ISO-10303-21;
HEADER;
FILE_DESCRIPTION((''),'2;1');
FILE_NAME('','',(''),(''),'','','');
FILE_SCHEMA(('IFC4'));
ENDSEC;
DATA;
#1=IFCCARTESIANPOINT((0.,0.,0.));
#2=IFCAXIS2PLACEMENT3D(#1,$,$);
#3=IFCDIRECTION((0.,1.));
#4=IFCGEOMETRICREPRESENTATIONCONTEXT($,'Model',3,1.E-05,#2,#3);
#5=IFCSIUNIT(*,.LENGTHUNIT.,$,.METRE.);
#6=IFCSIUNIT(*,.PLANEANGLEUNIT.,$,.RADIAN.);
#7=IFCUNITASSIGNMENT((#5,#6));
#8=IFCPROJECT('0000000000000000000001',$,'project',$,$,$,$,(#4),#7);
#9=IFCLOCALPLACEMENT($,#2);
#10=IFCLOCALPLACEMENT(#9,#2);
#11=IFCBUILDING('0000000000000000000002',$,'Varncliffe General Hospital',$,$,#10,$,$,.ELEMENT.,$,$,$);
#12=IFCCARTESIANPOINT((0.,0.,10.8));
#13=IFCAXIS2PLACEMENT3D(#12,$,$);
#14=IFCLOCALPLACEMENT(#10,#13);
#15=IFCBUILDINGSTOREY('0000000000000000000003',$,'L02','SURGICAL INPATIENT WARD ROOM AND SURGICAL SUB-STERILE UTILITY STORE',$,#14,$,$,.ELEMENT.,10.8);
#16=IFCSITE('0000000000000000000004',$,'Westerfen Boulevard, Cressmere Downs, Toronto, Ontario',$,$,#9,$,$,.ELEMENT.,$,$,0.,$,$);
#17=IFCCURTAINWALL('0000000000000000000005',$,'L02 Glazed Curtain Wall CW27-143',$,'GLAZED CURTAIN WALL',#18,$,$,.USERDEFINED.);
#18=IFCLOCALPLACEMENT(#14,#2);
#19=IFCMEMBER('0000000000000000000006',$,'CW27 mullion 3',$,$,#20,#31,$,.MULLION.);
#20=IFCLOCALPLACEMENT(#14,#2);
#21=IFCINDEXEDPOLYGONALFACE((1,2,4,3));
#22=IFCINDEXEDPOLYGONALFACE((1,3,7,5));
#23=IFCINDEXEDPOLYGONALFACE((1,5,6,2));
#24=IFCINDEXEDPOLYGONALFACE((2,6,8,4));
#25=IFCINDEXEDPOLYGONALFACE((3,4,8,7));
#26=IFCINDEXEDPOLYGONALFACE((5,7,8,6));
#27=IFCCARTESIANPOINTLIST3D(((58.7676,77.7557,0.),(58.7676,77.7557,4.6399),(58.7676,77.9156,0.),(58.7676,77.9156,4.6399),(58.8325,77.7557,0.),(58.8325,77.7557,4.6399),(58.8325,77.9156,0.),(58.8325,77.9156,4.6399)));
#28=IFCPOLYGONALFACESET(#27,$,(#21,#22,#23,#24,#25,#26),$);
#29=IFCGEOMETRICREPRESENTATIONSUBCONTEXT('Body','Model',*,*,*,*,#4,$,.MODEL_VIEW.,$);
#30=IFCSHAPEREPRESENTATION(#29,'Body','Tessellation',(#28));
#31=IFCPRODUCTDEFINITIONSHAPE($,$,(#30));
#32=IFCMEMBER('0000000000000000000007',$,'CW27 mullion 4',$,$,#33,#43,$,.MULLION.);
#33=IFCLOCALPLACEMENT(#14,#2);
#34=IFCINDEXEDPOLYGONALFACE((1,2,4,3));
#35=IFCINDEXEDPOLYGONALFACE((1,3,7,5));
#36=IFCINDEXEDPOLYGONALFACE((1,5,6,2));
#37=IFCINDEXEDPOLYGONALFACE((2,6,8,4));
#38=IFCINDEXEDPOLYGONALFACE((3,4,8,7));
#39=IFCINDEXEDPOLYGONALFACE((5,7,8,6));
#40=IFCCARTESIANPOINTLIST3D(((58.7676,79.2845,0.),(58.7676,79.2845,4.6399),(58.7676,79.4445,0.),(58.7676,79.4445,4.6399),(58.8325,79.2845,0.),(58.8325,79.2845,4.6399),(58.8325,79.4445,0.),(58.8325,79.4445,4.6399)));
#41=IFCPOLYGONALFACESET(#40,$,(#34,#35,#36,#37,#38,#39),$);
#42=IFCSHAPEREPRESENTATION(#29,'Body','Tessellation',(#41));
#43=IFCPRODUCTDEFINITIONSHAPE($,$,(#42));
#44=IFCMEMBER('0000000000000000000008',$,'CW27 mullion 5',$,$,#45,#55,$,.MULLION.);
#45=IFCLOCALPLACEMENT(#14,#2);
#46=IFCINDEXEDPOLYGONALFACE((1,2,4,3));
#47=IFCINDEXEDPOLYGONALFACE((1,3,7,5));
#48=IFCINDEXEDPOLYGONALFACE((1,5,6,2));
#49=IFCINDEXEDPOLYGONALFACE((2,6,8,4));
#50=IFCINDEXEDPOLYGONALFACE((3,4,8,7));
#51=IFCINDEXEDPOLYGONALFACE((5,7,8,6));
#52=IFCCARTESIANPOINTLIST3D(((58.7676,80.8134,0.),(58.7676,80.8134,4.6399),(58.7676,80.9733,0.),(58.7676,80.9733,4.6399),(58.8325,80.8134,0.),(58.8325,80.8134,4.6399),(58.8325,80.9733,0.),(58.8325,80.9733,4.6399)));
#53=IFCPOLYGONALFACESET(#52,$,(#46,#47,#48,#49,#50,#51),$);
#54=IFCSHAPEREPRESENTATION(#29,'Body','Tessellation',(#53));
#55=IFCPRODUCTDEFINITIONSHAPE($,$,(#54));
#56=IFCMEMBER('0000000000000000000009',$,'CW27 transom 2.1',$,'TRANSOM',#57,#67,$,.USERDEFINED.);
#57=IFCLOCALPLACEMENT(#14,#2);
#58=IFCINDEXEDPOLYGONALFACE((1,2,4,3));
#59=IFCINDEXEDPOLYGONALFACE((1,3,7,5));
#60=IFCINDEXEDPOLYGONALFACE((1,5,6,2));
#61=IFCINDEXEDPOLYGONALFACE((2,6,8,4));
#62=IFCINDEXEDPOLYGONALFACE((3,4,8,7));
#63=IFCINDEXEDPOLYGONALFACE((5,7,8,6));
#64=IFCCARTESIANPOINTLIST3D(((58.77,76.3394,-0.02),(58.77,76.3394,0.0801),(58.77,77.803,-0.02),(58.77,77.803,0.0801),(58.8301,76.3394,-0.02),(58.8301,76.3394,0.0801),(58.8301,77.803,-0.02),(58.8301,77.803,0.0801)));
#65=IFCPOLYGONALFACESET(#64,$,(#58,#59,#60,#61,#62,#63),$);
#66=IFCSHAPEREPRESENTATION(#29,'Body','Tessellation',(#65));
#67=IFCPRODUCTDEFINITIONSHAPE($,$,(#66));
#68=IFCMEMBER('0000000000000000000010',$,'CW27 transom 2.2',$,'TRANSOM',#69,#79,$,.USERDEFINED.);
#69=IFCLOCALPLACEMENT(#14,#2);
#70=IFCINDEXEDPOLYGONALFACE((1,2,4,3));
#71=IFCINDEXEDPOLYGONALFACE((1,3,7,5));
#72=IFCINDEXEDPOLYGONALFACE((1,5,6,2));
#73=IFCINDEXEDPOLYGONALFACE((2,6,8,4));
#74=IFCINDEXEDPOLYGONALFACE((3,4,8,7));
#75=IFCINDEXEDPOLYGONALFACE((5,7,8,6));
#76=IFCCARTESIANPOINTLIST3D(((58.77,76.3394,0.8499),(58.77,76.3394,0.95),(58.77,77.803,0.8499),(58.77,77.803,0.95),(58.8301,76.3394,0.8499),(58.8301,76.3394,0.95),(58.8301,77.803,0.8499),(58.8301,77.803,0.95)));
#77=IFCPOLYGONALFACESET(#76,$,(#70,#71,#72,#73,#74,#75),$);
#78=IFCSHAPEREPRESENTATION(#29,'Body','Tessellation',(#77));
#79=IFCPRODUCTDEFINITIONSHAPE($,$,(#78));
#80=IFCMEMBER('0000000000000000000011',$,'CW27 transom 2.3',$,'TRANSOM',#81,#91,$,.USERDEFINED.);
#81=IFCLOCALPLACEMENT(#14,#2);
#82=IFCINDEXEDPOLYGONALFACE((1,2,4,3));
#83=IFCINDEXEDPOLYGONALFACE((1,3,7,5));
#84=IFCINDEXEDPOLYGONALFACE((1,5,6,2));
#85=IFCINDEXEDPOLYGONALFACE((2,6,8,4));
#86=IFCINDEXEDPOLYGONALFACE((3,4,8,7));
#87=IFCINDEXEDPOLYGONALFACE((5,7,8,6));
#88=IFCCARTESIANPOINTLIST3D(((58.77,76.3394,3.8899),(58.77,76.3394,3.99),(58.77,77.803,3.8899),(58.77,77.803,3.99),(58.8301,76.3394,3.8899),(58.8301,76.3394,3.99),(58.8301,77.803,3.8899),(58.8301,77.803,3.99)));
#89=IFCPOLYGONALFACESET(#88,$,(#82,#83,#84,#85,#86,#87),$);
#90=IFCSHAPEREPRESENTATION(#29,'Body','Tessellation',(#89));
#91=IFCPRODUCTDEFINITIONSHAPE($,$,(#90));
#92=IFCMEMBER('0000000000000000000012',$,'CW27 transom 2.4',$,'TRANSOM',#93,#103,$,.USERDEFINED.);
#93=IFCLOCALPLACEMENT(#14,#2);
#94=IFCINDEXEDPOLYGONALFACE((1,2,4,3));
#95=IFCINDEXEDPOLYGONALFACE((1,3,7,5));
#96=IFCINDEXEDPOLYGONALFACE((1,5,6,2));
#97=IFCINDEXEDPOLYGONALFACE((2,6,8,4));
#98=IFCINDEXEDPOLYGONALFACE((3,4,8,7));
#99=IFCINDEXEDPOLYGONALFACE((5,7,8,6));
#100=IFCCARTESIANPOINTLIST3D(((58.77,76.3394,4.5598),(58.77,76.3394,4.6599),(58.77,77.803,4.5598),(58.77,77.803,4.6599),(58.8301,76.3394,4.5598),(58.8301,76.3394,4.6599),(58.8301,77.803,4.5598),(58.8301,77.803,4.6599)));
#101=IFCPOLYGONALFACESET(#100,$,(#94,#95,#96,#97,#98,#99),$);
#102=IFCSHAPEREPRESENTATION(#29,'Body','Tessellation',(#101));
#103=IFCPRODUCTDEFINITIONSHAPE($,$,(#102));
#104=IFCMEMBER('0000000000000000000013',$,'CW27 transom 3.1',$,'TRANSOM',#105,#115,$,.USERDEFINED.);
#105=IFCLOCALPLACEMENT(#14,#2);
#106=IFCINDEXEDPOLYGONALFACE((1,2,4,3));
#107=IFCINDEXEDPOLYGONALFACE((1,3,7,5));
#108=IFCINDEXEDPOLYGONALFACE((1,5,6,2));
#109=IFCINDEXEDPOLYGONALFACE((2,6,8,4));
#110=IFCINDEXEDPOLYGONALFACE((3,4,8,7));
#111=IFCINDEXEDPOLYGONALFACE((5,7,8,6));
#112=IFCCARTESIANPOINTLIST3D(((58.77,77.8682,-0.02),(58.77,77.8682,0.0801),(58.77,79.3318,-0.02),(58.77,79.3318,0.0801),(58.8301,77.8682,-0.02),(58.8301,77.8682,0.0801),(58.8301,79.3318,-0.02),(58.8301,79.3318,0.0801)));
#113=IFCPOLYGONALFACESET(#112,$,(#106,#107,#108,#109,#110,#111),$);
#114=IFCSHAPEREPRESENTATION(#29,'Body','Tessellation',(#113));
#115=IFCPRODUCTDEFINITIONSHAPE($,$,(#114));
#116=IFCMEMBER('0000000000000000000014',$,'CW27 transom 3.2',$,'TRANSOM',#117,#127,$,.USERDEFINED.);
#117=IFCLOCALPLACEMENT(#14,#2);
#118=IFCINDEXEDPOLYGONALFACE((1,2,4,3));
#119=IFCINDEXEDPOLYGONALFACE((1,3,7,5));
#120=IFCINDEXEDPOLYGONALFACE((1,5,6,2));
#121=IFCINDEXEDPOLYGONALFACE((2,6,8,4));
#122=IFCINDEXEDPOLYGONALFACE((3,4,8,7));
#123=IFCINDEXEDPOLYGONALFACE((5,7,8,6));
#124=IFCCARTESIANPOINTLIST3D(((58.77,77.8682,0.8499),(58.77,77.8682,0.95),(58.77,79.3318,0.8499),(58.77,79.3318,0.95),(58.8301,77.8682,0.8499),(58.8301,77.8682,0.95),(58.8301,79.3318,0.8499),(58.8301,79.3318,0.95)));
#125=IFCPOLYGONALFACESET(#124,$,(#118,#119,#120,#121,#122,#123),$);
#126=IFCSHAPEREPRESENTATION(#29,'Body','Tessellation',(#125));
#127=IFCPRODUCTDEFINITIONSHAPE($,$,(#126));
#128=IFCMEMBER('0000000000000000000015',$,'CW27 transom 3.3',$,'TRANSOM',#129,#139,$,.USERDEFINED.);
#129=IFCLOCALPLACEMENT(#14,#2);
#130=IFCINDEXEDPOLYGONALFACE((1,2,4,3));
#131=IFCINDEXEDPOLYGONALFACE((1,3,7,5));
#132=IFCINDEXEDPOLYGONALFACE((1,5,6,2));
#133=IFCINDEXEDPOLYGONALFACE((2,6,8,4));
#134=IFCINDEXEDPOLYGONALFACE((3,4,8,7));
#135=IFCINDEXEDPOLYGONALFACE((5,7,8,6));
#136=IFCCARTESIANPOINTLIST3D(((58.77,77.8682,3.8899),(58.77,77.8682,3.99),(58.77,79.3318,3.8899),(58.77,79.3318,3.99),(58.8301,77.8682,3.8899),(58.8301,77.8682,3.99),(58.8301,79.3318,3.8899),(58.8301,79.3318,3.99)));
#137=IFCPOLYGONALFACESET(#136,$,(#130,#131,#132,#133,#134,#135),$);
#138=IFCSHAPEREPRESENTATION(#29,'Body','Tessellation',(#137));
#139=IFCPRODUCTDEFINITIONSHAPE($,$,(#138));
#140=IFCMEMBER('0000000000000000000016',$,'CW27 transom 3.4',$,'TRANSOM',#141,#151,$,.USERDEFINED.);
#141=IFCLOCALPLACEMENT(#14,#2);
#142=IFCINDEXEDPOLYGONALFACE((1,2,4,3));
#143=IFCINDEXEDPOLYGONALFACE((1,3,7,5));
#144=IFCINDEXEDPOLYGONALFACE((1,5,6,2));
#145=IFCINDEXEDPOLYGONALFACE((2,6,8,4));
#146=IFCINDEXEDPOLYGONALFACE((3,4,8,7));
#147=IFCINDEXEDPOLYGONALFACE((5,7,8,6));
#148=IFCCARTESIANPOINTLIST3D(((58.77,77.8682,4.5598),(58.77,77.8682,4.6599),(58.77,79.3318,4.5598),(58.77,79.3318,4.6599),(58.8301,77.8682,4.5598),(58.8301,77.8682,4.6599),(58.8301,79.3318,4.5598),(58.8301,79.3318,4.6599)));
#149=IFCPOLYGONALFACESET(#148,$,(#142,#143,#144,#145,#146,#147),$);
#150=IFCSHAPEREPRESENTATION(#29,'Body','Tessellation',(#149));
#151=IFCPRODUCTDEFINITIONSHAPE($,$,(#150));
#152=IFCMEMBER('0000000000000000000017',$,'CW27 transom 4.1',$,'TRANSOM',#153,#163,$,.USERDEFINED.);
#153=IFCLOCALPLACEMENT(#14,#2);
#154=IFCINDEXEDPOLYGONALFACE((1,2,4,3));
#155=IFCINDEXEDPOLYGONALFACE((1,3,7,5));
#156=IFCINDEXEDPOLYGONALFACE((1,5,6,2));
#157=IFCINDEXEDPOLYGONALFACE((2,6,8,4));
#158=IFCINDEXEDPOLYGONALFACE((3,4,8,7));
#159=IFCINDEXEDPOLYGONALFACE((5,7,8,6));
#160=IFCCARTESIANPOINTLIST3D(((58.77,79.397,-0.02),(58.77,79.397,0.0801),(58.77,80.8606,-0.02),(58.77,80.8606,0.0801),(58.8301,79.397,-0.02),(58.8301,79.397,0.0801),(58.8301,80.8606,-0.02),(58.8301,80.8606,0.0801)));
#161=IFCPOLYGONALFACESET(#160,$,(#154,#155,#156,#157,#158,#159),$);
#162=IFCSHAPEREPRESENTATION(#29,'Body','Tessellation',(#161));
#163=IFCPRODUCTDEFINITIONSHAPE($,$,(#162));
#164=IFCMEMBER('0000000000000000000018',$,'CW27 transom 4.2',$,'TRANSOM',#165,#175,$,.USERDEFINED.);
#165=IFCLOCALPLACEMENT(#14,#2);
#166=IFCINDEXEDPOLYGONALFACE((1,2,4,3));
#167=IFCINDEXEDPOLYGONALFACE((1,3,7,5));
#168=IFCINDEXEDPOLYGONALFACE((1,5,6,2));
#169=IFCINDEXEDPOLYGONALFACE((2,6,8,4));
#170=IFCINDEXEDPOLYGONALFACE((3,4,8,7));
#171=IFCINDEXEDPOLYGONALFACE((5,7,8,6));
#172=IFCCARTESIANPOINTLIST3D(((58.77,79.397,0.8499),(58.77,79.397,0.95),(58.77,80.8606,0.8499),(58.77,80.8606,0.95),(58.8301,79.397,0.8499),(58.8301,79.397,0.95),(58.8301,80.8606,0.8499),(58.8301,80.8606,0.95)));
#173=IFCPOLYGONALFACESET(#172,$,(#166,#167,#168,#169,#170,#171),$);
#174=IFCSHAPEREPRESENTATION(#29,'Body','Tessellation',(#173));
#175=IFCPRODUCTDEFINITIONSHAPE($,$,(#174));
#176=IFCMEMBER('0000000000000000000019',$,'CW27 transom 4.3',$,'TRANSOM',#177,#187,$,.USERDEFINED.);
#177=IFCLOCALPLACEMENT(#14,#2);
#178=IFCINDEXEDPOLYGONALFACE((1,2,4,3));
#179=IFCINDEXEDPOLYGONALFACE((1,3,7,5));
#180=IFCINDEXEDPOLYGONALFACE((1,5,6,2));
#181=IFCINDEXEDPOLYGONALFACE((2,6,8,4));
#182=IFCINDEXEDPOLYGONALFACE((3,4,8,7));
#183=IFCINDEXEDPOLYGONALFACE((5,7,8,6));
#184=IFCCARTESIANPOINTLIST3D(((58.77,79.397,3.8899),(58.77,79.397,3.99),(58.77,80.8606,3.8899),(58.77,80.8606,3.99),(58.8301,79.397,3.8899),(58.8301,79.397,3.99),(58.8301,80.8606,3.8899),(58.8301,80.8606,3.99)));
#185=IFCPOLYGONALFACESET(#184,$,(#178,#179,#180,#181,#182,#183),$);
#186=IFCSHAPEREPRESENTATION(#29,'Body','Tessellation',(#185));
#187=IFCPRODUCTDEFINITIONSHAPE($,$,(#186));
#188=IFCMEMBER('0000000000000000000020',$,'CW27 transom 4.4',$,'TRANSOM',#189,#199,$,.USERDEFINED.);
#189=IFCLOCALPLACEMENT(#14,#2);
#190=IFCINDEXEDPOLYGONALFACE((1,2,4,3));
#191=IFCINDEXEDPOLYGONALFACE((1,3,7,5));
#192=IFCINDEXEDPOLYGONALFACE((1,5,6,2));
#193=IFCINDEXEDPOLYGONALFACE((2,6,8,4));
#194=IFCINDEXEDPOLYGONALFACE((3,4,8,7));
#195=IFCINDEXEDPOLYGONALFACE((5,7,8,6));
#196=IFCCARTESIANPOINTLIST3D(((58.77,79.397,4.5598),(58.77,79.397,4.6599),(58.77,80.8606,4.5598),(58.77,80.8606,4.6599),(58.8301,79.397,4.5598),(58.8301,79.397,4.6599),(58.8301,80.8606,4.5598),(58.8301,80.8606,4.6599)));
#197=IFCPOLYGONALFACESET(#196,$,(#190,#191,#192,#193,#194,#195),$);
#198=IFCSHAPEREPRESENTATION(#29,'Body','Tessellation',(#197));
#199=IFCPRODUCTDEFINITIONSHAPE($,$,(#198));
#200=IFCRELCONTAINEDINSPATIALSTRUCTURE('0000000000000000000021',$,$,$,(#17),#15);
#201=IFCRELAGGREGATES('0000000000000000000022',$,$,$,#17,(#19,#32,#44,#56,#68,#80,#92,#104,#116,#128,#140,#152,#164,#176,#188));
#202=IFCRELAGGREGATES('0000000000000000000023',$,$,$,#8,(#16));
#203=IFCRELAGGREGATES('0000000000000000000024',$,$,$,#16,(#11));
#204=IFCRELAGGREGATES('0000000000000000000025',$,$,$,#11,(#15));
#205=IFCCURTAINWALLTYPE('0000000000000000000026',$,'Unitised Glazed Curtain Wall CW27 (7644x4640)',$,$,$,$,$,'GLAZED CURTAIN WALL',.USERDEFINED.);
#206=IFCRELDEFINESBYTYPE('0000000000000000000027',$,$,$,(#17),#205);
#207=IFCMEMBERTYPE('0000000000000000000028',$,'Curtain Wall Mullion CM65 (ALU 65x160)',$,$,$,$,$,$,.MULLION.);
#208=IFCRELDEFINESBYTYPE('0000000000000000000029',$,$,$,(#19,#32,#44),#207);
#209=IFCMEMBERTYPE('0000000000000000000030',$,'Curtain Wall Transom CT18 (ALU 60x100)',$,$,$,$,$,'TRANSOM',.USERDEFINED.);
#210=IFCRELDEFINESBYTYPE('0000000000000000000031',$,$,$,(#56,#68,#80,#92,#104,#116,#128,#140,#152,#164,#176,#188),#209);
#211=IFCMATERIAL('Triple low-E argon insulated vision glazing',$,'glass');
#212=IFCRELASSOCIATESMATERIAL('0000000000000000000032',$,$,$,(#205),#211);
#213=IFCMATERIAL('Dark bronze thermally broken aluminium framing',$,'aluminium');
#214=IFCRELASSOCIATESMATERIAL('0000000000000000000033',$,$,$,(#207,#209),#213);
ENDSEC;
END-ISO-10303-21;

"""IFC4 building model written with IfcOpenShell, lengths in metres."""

from ifc_helpers import new_model, si_unit, direction, frame, origin, origin_2d, place, context, subcontext, project, spatial, rectangle, extrude, material, material_profile, profile_set, type_object, element, aggregate, save


model = new_model("IFC4")

# Units and contexts
model_context = context("Model", 3, precision=1e-05, world=origin(), true_north=direction((0.0, 1.0)))
body_context = subcontext(model_context, "Body", "Model", "MODEL_VIEW")
ifc_project = project(units=[si_unit("LENGTHUNIT", "METRE"), si_unit("PLANEANGLEUNIT", "RADIAN")], contexts=[model_context])

# Site, building, storey
site_placement = place(None, origin())
site = spatial("IfcSite", under=ifc_project, at=site_placement, Name="Westerfen Boulevard, Cressmere Downs, Toronto, Ontario", CompositionType="ELEMENT", RefElevation=0.0)
building_placement = place(site_placement, origin())
building = spatial("IfcBuilding", under=site, at=building_placement, Name="Varncliffe General Hospital", CompositionType="ELEMENT")
storey_placement = place(building_placement, frame((0.0, 0.0, 10.8)))
storey = spatial("IfcBuildingStorey", under=building, at=storey_placement, Name="L02", Description="SURGICAL INPATIENT WARD ROOM AND SURGICAL SUB-STERILE UTILITY STORE", CompositionType="ELEMENT", Elevation=10.8)

# Curtain wall, members
ifc_material_1 = material(Name="Triple low-E argon insulated vision glazing", Category="glass")
curtain_wall_type = type_object("IfcCurtainWallType", Name="Unitised Glazed Curtain Wall CW27 (7644x4640)", ElementType="GLAZED CURTAIN WALL", PredefinedType="USERDEFINED", material=ifc_material_1)
curtain_wall_placement = place(storey_placement, origin())
curtain_wall = element("IfcCurtainWall", 1, at=curtain_wall_placement, inside=storey, type_object=curtain_wall_type, Name="L02 Glazed Curtain Wall CW27-143", ObjectType="GLAZED CURTAIN WALL", PredefinedType="USERDEFINED")
ifc_material_2 = material(Name="Dark bronze thermally broken aluminium framing", Category="aluminium")
ifc_material_profile_1 = material_profile(ifc_material_2, rectangle(XDim=0.0649, YDim=0.1599, at=origin_2d()), Name="ALU 65x160")
ifc_profile_set_1 = profile_set([ifc_material_profile_1], Name="Dark bronze thermally broken aluminium framing")
member_type_1 = type_object("IfcMemberType", Name="Curtain Wall Mullion CM65 (ALU 65x160)", PredefinedType="MULLION", material=ifc_profile_set_1)
member_1_placement = place(storey_placement, frame((58.8, 77.8357, 0.0), z_axis=(0.0, 0.0, 1.0), x_axis=(-1.0, 0.0, 0.0)))
member_1 = element("IfcMember", 2, at=member_1_placement, type_object=member_type_1, Name="CW27 mullion 3", PredefinedType="MULLION", context=body_context, shape_type="SweptSolid", body=[
    extrude(rectangle(XDim=0.0649, YDim=0.1599, at=origin_2d()), origin(), (0.0, 0.0, 1.0), 4.6399),
])
member_2_placement = place(storey_placement, frame((58.8, 79.3645, 0.0), z_axis=(0.0, 0.0, 1.0), x_axis=(-1.0, 0.0, 0.0)))
member_2 = element("IfcMember", 3, at=member_2_placement, type_object=member_type_1, Name="CW27 mullion 4", PredefinedType="MULLION", context=body_context, shape_type="SweptSolid", body=[
    extrude(rectangle(XDim=0.0649, YDim=0.1599, at=origin_2d()), origin(), (0.0, 0.0, 1.0), 4.6399),
])
member_3_placement = place(storey_placement, frame((58.8, 80.8933, 0.0), z_axis=(0.0, 0.0, 1.0), x_axis=(-1.0, 0.0, 0.0)))
member_3 = element("IfcMember", 4, at=member_3_placement, type_object=member_type_1, Name="CW27 mullion 5", PredefinedType="MULLION", context=body_context, shape_type="SweptSolid", body=[
    extrude(rectangle(XDim=0.0649, YDim=0.1599, at=origin_2d()), origin(), (0.0, 0.0, 1.0), 4.6399),
])
ifc_material_profile_2 = material_profile(ifc_material_2, rectangle(XDim=0.0601, YDim=0.1001, at=origin_2d()), Name="ALU 60x100")
ifc_profile_set_2 = profile_set([ifc_material_profile_2], Name="Dark bronze thermally broken aluminium framing")
member_type_2 = type_object("IfcMemberType", Name="Curtain Wall Transom CT18 (ALU 60x100)", ElementType="TRANSOM", PredefinedType="USERDEFINED", material=ifc_profile_set_2)
member_4_placement = place(storey_placement, frame((58.8, 76.3394, 0.03), z_axis=(0.0, 1.0, 0.0), x_axis=(-1.0, 0.0, 0.0)))
member_4 = element("IfcMember", 5, at=member_4_placement, type_object=member_type_2, Name="CW27 transom 2.1", ObjectType="TRANSOM", PredefinedType="USERDEFINED", context=body_context, shape_type="SweptSolid", body=[
    extrude(rectangle(XDim=0.0601, YDim=0.1001, at=origin_2d()), origin(), (0.0, 0.0, 1.0), 1.4636),
])
member_5_placement = place(storey_placement, frame((58.8, 76.3394, 0.8999), z_axis=(0.0, 1.0, 0.0), x_axis=(-1.0, 0.0, 0.0)))
member_5 = element("IfcMember", 6, at=member_5_placement, type_object=member_type_2, Name="CW27 transom 2.2", ObjectType="TRANSOM", PredefinedType="USERDEFINED", context=body_context, shape_type="SweptSolid", body=[
    extrude(rectangle(XDim=0.0601, YDim=0.1001, at=origin_2d()), origin(), (0.0, 0.0, 1.0), 1.4636),
])
member_6_placement = place(storey_placement, frame((58.8, 76.3394, 3.9399), z_axis=(0.0, 1.0, 0.0), x_axis=(-1.0, 0.0, 0.0)))
member_6 = element("IfcMember", 7, at=member_6_placement, type_object=member_type_2, Name="CW27 transom 2.3", ObjectType="TRANSOM", PredefinedType="USERDEFINED", context=body_context, shape_type="SweptSolid", body=[
    extrude(rectangle(XDim=0.0601, YDim=0.1001, at=origin_2d()), origin(), (0.0, 0.0, 1.0), 1.4636),
])
member_7_placement = place(storey_placement, frame((58.8, 76.3394, 4.6099), z_axis=(0.0, 1.0, 0.0), x_axis=(-1.0, 0.0, 0.0)))
member_7 = element("IfcMember", 8, at=member_7_placement, type_object=member_type_2, Name="CW27 transom 2.4", ObjectType="TRANSOM", PredefinedType="USERDEFINED", context=body_context, shape_type="SweptSolid", body=[
    extrude(rectangle(XDim=0.0601, YDim=0.1001, at=origin_2d()), origin(), (0.0, 0.0, 1.0), 1.4636),
])
member_8_placement = place(storey_placement, frame((58.8, 77.8682, 0.03), z_axis=(0.0, 1.0, 0.0), x_axis=(-1.0, 0.0, 0.0)))
member_8 = element("IfcMember", 9, at=member_8_placement, type_object=member_type_2, Name="CW27 transom 3.1", ObjectType="TRANSOM", PredefinedType="USERDEFINED", context=body_context, shape_type="SweptSolid", body=[
    extrude(rectangle(XDim=0.0601, YDim=0.1001, at=origin_2d()), origin(), (0.0, 0.0, 1.0), 1.4636),
])
member_9_placement = place(storey_placement, frame((58.8, 77.8682, 0.8999), z_axis=(0.0, 1.0, 0.0), x_axis=(-1.0, 0.0, 0.0)))
member_9 = element("IfcMember", 10, at=member_9_placement, type_object=member_type_2, Name="CW27 transom 3.2", ObjectType="TRANSOM", PredefinedType="USERDEFINED", context=body_context, shape_type="SweptSolid", body=[
    extrude(rectangle(XDim=0.0601, YDim=0.1001, at=origin_2d()), origin(), (0.0, 0.0, 1.0), 1.4636),
])
member_10_placement = place(storey_placement, frame((58.8, 77.8682, 3.9399), z_axis=(0.0, 1.0, 0.0), x_axis=(-1.0, 0.0, 0.0)))
member_10 = element("IfcMember", 11, at=member_10_placement, type_object=member_type_2, Name="CW27 transom 3.3", ObjectType="TRANSOM", PredefinedType="USERDEFINED", context=body_context, shape_type="SweptSolid", body=[
    extrude(rectangle(XDim=0.0601, YDim=0.1001, at=origin_2d()), origin(), (0.0, 0.0, 1.0), 1.4636),
])
member_11_placement = place(storey_placement, frame((58.8, 77.8682, 4.6099), z_axis=(0.0, 1.0, 0.0), x_axis=(-1.0, 0.0, 0.0)))
member_11 = element("IfcMember", 12, at=member_11_placement, type_object=member_type_2, Name="CW27 transom 3.4", ObjectType="TRANSOM", PredefinedType="USERDEFINED", context=body_context, shape_type="SweptSolid", body=[
    extrude(rectangle(XDim=0.0601, YDim=0.1001, at=origin_2d()), origin(), (0.0, 0.0, 1.0), 1.4636),
])
member_12_placement = place(storey_placement, frame((58.8, 79.397, 0.03), z_axis=(0.0, 1.0, 0.0), x_axis=(-1.0, 0.0, 0.0)))
member_12 = element("IfcMember", 13, at=member_12_placement, type_object=member_type_2, Name="CW27 transom 4.1", ObjectType="TRANSOM", PredefinedType="USERDEFINED", context=body_context, shape_type="SweptSolid", body=[
    extrude(rectangle(XDim=0.0601, YDim=0.1001, at=origin_2d()), origin(), (0.0, 0.0, 1.0), 1.4636),
])
member_13_placement = place(storey_placement, frame((58.8, 79.397, 0.8999), z_axis=(0.0, 1.0, 0.0), x_axis=(-1.0, 0.0, 0.0)))
member_13 = element("IfcMember", 14, at=member_13_placement, type_object=member_type_2, Name="CW27 transom 4.2", ObjectType="TRANSOM", PredefinedType="USERDEFINED", context=body_context, shape_type="SweptSolid", body=[
    extrude(rectangle(XDim=0.0601, YDim=0.1001, at=origin_2d()), origin(), (0.0, 0.0, 1.0), 1.4636),
])
member_14_placement = place(storey_placement, frame((58.8, 79.397, 3.9399), z_axis=(0.0, 1.0, 0.0), x_axis=(-1.0, 0.0, 0.0)))
member_14 = element("IfcMember", 15, at=member_14_placement, type_object=member_type_2, Name="CW27 transom 4.3", ObjectType="TRANSOM", PredefinedType="USERDEFINED", context=body_context, shape_type="SweptSolid", body=[
    extrude(rectangle(XDim=0.0601, YDim=0.1001, at=origin_2d()), origin(), (0.0, 0.0, 1.0), 1.4636),
])
member_15_placement = place(storey_placement, frame((58.8, 79.397, 4.6099), z_axis=(0.0, 1.0, 0.0), x_axis=(-1.0, 0.0, 0.0)))
member_15 = element("IfcMember", 16, at=member_15_placement, type_object=member_type_2, Name="CW27 transom 4.4", ObjectType="TRANSOM", PredefinedType="USERDEFINED", context=body_context, shape_type="SweptSolid", body=[
    extrude(rectangle(XDim=0.0601, YDim=0.1001, at=origin_2d()), origin(), (0.0, 0.0, 1.0), 1.4636),
])
aggregate(curtain_wall, [member_1, member_2, member_3, member_4, member_5, member_6, member_7, member_8, member_9, member_10, member_11, member_12, member_13, member_14, member_15])

save(model, "model.ifc")
